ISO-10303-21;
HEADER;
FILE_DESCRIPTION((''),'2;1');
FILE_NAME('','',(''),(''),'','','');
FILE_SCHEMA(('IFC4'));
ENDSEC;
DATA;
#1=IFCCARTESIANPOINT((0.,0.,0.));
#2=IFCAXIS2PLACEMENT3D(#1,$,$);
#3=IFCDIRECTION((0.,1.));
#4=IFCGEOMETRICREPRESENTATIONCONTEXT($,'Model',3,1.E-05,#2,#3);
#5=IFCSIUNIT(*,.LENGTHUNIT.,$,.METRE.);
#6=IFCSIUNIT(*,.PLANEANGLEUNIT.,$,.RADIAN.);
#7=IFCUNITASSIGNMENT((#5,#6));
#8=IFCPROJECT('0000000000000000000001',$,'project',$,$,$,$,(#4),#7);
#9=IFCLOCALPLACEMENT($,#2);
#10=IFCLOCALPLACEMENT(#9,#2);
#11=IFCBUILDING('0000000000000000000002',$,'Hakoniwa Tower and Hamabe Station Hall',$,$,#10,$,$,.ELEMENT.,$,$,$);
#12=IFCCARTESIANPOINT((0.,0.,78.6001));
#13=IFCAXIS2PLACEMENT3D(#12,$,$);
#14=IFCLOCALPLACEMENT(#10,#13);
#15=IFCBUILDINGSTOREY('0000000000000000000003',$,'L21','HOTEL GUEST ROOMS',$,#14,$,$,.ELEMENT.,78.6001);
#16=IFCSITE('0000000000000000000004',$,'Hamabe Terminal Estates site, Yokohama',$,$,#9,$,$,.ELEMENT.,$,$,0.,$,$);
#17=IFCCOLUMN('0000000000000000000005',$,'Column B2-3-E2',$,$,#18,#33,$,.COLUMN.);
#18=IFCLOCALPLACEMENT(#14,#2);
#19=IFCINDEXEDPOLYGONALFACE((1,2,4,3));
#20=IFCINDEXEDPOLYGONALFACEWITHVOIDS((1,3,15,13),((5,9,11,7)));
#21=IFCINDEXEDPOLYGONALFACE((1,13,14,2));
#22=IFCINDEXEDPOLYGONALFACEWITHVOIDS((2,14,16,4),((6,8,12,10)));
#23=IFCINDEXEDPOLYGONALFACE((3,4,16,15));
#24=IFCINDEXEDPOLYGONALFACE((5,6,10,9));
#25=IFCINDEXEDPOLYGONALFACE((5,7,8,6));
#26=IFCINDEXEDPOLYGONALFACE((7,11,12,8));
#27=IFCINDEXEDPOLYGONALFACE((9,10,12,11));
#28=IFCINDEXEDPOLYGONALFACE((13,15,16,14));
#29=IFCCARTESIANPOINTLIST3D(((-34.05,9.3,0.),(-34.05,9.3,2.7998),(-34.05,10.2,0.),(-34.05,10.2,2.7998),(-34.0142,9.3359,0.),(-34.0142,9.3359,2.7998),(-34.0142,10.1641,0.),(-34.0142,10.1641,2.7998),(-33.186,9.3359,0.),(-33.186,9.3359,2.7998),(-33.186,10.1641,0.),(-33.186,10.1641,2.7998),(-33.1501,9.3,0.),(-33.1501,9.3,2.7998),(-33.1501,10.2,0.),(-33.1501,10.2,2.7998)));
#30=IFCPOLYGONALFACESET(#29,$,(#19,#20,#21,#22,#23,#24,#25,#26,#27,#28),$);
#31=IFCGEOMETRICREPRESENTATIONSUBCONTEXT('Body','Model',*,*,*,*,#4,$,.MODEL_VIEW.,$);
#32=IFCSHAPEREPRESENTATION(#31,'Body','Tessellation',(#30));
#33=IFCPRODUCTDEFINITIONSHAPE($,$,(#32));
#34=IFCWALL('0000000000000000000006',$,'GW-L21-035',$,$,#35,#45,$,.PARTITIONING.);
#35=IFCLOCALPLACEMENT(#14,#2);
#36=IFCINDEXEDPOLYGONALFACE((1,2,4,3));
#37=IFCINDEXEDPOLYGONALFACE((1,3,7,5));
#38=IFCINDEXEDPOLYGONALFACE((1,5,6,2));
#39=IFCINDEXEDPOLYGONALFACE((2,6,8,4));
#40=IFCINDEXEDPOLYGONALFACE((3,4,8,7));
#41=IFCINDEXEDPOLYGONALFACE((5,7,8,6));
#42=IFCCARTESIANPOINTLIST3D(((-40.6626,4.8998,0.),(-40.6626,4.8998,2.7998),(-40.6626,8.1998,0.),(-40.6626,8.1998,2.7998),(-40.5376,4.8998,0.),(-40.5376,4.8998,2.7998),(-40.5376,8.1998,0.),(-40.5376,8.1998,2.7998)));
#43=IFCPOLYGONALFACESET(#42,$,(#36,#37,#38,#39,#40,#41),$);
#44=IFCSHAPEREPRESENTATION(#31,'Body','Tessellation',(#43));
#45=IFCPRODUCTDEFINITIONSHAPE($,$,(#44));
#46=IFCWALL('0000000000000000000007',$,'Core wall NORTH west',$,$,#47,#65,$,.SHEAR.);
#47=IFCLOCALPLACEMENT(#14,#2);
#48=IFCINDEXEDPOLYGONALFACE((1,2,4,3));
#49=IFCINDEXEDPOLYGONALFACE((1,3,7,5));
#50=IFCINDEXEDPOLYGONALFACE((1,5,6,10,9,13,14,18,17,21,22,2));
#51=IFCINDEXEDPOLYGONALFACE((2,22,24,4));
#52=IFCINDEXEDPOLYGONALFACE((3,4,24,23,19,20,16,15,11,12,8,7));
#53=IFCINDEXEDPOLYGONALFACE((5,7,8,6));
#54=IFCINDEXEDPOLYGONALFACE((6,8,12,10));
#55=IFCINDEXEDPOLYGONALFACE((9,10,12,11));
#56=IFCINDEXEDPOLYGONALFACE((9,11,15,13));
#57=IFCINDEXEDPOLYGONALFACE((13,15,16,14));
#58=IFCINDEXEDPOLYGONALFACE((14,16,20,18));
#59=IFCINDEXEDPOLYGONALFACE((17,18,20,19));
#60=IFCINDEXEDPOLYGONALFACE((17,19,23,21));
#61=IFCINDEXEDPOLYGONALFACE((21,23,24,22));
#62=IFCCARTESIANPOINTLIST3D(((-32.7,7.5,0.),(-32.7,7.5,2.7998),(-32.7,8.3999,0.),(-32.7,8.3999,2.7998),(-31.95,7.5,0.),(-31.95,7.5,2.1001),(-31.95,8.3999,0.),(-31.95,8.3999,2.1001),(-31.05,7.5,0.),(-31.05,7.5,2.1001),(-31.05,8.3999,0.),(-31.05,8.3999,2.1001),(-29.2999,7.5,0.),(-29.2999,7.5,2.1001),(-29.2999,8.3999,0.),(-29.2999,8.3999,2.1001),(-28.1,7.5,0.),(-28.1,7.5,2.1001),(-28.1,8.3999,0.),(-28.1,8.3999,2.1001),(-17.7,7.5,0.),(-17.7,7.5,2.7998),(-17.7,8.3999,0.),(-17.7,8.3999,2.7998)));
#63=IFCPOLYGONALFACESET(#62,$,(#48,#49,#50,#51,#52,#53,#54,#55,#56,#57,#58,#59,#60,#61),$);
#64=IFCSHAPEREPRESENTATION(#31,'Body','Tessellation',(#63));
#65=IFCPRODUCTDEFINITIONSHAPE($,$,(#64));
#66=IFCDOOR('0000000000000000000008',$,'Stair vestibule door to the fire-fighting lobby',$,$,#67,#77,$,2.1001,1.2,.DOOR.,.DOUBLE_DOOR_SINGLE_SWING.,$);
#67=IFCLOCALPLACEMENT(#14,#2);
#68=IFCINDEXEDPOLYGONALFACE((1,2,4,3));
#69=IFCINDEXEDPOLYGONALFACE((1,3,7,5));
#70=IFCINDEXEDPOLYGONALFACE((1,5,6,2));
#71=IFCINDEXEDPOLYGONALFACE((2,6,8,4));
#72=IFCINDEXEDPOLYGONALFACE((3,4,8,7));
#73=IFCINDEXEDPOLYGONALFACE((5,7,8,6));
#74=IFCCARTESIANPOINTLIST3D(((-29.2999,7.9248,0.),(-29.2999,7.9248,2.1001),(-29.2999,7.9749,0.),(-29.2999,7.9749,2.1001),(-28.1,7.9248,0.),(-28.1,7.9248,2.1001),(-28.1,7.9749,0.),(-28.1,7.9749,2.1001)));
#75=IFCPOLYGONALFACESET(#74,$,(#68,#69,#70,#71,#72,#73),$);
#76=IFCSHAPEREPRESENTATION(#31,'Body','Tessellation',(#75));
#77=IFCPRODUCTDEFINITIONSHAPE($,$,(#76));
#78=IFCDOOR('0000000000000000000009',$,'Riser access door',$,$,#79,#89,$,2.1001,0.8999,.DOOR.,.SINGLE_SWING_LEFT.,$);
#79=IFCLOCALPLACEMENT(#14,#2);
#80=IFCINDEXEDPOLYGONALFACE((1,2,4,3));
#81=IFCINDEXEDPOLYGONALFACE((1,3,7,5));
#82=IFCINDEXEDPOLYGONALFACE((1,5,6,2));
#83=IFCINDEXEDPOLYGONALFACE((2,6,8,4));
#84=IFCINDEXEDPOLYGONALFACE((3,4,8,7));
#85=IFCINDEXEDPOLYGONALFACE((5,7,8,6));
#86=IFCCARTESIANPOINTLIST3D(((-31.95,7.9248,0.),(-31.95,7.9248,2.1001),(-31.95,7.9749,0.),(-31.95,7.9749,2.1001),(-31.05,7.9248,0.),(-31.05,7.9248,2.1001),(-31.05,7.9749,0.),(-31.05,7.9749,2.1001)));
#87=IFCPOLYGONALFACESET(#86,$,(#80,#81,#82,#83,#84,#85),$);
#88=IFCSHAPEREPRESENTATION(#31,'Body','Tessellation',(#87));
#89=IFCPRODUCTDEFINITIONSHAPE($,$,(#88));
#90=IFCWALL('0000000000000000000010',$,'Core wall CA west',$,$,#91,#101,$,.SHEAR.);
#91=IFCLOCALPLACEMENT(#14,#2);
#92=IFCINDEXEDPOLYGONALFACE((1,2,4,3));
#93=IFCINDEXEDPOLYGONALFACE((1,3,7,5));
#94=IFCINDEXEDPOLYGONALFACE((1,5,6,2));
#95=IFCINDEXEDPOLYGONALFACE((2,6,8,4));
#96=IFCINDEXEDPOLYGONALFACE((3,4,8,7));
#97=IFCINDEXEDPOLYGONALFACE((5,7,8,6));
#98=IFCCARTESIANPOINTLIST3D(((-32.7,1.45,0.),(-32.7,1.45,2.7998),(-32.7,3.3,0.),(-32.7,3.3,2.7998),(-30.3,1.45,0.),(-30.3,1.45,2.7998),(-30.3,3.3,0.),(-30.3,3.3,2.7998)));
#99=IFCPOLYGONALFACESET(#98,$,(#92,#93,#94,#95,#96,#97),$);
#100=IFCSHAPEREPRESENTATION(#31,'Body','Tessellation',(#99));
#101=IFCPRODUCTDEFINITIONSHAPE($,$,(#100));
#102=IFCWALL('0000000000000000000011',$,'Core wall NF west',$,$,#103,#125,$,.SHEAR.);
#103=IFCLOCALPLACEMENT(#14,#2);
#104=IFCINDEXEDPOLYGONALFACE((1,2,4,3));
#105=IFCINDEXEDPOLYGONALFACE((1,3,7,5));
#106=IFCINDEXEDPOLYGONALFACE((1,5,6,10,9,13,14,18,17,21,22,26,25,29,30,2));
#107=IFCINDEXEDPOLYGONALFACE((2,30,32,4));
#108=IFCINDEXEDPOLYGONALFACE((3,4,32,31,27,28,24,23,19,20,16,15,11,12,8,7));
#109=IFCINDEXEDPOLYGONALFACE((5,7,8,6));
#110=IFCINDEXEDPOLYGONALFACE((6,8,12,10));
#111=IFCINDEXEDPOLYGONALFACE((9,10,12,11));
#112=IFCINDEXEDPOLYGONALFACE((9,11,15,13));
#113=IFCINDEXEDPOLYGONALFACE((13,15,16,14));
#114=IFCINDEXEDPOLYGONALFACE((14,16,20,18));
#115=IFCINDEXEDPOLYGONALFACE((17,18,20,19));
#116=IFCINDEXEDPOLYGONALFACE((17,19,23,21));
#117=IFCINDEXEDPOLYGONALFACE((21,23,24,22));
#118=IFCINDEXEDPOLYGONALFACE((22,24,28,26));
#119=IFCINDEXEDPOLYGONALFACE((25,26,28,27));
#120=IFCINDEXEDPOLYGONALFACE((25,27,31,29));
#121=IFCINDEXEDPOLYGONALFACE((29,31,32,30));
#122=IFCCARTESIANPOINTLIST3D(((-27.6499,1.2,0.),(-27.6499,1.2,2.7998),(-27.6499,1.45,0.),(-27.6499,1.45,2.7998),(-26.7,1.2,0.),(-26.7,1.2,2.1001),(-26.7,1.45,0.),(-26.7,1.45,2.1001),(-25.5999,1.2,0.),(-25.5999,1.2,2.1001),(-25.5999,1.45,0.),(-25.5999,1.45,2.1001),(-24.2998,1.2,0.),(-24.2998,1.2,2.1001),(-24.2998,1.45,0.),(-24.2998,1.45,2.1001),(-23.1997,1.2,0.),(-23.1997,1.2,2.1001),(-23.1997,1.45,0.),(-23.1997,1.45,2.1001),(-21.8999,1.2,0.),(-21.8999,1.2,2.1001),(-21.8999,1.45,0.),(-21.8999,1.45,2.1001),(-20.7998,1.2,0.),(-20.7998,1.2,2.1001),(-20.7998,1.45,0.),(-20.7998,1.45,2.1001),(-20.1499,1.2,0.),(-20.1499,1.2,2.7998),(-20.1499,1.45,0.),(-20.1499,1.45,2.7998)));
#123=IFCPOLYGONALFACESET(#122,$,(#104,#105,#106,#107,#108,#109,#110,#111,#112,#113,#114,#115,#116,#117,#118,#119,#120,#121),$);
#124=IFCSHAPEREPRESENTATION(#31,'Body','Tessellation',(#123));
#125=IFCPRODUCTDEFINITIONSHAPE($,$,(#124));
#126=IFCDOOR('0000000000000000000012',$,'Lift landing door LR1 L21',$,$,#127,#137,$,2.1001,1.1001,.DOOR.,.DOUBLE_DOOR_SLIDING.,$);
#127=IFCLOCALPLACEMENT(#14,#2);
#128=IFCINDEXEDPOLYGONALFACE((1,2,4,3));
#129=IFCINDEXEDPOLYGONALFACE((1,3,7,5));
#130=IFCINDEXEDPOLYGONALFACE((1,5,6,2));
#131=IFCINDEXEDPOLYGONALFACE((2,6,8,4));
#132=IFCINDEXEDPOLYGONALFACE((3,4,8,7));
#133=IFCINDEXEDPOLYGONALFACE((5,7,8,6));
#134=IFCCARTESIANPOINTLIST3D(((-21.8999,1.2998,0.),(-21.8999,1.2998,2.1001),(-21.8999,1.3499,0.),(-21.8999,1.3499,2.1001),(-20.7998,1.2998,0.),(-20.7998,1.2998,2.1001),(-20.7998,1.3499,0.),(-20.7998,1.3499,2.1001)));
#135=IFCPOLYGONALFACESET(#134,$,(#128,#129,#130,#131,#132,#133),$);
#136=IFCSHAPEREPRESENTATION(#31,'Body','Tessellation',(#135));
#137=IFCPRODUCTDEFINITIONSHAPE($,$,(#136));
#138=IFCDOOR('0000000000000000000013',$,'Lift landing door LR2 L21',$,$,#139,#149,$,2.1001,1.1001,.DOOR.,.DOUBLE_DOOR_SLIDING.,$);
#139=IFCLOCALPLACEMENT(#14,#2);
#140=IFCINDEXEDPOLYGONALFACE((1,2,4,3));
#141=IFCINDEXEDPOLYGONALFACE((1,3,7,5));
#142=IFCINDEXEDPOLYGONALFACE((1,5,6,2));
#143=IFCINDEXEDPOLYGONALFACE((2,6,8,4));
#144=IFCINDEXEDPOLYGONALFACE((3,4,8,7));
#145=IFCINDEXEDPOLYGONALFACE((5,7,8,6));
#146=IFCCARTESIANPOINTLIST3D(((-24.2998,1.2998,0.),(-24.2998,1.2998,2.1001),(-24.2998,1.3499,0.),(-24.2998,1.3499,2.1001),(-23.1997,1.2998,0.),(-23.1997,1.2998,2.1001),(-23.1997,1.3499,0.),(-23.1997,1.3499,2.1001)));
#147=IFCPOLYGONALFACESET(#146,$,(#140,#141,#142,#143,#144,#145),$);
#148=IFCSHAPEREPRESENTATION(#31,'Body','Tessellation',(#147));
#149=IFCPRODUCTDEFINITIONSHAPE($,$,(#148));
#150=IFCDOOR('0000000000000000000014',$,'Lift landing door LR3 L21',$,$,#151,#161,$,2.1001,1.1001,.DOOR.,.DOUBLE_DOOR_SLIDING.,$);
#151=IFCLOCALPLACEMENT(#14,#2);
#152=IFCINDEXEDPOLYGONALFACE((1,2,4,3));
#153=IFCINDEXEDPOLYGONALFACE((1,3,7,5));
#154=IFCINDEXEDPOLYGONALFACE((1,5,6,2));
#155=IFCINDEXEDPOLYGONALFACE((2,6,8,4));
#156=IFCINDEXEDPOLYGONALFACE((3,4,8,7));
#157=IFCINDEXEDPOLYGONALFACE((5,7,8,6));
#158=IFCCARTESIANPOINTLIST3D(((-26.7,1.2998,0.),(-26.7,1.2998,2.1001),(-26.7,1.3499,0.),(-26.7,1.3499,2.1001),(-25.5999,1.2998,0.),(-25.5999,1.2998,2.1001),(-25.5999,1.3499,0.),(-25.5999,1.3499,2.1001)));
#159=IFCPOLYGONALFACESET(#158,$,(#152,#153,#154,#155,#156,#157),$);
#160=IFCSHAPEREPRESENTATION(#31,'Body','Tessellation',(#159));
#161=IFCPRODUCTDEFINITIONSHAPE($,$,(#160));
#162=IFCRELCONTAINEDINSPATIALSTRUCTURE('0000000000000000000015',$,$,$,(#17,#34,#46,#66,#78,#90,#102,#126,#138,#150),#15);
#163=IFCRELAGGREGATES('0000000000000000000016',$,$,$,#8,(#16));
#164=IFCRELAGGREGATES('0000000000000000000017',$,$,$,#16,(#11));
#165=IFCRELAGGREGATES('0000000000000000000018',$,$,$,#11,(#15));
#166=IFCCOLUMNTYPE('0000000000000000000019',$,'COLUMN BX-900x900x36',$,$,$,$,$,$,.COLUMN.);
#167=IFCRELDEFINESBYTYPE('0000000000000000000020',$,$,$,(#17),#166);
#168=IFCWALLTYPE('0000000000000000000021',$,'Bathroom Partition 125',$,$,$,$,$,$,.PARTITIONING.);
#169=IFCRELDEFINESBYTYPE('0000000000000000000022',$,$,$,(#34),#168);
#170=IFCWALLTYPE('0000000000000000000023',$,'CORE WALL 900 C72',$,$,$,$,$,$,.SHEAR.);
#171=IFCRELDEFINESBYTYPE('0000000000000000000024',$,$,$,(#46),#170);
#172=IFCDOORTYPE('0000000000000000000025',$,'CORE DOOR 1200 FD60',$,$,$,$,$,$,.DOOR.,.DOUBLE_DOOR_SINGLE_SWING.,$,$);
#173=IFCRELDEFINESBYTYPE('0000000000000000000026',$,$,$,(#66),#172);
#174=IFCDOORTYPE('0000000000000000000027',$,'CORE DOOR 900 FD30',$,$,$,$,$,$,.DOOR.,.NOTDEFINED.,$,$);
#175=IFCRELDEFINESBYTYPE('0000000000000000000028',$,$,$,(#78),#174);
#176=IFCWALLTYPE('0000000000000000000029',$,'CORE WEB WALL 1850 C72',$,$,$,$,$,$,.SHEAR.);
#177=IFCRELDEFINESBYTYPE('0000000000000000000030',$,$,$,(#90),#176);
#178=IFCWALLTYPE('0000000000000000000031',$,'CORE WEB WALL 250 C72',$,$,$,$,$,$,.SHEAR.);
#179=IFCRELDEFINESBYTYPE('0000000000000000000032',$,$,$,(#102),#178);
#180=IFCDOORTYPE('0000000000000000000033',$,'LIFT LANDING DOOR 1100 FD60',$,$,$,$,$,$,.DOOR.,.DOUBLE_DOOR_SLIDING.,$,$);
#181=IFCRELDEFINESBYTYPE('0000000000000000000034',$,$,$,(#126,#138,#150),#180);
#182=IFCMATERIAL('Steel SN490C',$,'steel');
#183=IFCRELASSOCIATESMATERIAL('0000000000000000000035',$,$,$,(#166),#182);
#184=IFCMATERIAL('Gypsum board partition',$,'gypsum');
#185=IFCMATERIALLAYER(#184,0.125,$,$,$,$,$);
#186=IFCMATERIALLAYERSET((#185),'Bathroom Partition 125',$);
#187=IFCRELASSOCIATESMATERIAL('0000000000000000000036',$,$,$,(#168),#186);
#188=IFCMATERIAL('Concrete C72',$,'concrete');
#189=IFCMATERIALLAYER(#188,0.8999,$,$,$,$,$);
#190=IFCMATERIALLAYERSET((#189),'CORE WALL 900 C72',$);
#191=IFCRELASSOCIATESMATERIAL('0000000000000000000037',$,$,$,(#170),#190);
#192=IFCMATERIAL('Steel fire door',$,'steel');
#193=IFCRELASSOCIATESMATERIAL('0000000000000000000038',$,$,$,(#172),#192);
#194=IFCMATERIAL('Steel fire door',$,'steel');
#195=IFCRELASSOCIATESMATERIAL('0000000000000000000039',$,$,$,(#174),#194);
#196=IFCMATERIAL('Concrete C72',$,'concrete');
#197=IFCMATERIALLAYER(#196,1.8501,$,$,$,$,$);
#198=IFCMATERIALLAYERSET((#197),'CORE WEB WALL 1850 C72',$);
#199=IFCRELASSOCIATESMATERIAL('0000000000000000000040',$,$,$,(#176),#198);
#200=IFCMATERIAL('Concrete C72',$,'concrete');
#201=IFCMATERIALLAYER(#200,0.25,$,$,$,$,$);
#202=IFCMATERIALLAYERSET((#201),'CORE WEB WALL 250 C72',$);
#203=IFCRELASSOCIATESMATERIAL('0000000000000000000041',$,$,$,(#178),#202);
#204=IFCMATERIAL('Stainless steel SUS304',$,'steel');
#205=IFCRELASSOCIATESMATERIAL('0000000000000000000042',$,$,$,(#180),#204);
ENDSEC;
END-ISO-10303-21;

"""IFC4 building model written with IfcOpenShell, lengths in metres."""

from ifc_helpers import new_model, si_unit, direction, frame, frame_2d, origin, origin_2d, place, context, subcontext, project, spatial, rectangle, hollow_rectangle, extrude, material, layer, layer_set, material_profile, profile_set, type_object, element, fill, save


model = new_model("IFC4")

# Units and contexts
model_context = context("Model", 3, precision=1e-05, world=origin(), true_north=direction((0.0, 1.0)))
body_context = subcontext(model_context, "Body", "Model", "MODEL_VIEW")
ifc_project = project(units=[si_unit("LENGTHUNIT", "METRE"), si_unit("PLANEANGLEUNIT", "RADIAN")], contexts=[model_context])

# Site, building, storey
site_placement = place(None, origin())
site = spatial("IfcSite", under=ifc_project, at=site_placement, Name="Hamabe Terminal Estates site, Yokohama", CompositionType="ELEMENT", RefElevation=0.0)
building_placement = place(site_placement, origin())
building = spatial("IfcBuilding", under=site, at=building_placement, Name="Hakoniwa Tower and Hamabe Station Hall", CompositionType="ELEMENT")
storey_placement = place(building_placement, frame((0.0, 0.0, 78.6001)))
storey = spatial("IfcBuildingStorey", under=building, at=storey_placement, Name="L21", Description="HOTEL GUEST ROOMS", CompositionType="ELEMENT", Elevation=78.6001)

# Column
ifc_material_1 = material(Name="Steel SN490C", Category="steel")
ifc_material_profile = material_profile(ifc_material_1, hollow_rectangle(XDim=0.8999, YDim=0.8999, WallThickness=0.0359, at=origin_2d()), Name="BX-900x900x36")
ifc_profile_set = profile_set([ifc_material_profile], Name="Steel SN490C")
column_type = type_object("IfcColumnType", Name="COLUMN BX-900x900x36", PredefinedType="COLUMN", material=ifc_profile_set)
column_placement = place(storey_placement, frame((-33.6001, 9.75, 0.0), z_axis=(0.0, 0.0, 1.0), x_axis=(1.0, 0.0, 0.0)))
element("IfcColumn", 1, at=column_placement, inside=storey, type_object=column_type, Name="Column B2-3-E2", PredefinedType="COLUMN", context=body_context, shape_type="SweptSolid", body=[
    extrude(hollow_rectangle(XDim=0.8999, YDim=0.8999, WallThickness=0.0359, at=origin_2d()), origin(), (0.0, 0.0, 1.0), 2.7998),
])

# Wall
ifc_material_2 = material(Name="Gypsum board partition", Category="gypsum")
ifc_layer_1 = layer(ifc_material_2, 0.125)
ifc_layer_set_1 = layer_set([ifc_layer_1], Name="Bathroom Partition 125")
wall_type_1 = type_object("IfcWallType", Name="Bathroom Partition 125", PredefinedType="PARTITIONING", material=ifc_layer_set_1)
wall_1_placement = place(storey_placement, frame((-40.6001, 4.8999, 0.0), z_axis=(0.0, 0.0, 1.0), x_axis=(0.0, 1.0, 0.0)))
element("IfcWall", 2, at=wall_1_placement, inside=storey, type_object=wall_type_1, Name="GW-L21-035", PredefinedType="PARTITIONING", context=body_context, shape_type="SweptSolid", body=[
    extrude(rectangle(XDim=3.3, YDim=0.125, at=frame_2d((1.6499, 0.0))), origin(), (0.0, 0.0, 1.0), 2.7998),
])

# Wall, openings, doors
ifc_material_3 = material(Name="Concrete C72", Category="concrete")
ifc_layer_2 = layer(ifc_material_3, 0.8999)
ifc_layer_set_2 = layer_set([ifc_layer_2], Name="CORE WALL 900 C72")
wall_type_2 = type_object("IfcWallType", Name="CORE WALL 900 C72", PredefinedType="SHEAR", material=ifc_layer_set_2)
wall_2_placement = place(storey_placement, frame((-32.7, 7.95, 0.0), z_axis=(0.0, 0.0, 1.0), x_axis=(1.0, 0.0, 0.0)))
wall_2 = element("IfcWall", 3, at=wall_2_placement, inside=storey, type_object=wall_type_2, Name="Core wall NORTH west", PredefinedType="SHEAR", context=body_context, shape_type="SweptSolid", body=[
    extrude(rectangle(XDim=15.0, YDim=0.8999, at=frame_2d((7.5, 0.0))), origin(), (0.0, 0.0, 1.0), 2.7998),
])
opening_1_placement = place(wall_2_placement, frame((3.3999, 0.0, 0.0)))
opening_1 = element("IfcOpeningElement", 4, at=opening_1_placement, cuts=wall_2, PredefinedType="OPENING", context=body_context, shape_type="SweptSolid", body=[
    extrude(rectangle(XDim=1.2, YDim=2.1001, at=frame_2d((0.6001, 1.05))), frame((0.0, 0.46, 0.0), z_axis=(0.0, -1.0, 0.0), x_axis=(1.0, 0.0, 0.0)), (0.0, 0.0, 1.0), 0.9199),
])
opening_2_placement = place(wall_2_placement, frame((0.75, 0.0, 0.0)))
opening_2 = element("IfcOpeningElement", 5, at=opening_2_placement, cuts=wall_2, PredefinedType="OPENING", context=body_context, shape_type="SweptSolid", body=[
    extrude(rectangle(XDim=0.8999, YDim=2.1001, at=frame_2d((0.45, 1.05))), frame((0.0, 0.46, 0.0), z_axis=(0.0, -1.0, 0.0), x_axis=(1.0, 0.0, 0.0)), (0.0, 0.0, 1.0), 0.9199),
])
ifc_material_4 = material(Name="Steel fire door", Category="steel")
door_type_1 = type_object("IfcDoorType", Name="CORE DOOR 1200 FD60", OperationType="DOUBLE_DOOR_SINGLE_SWING", PredefinedType="DOOR", material=ifc_material_4)
door_1_placement = place(opening_1_placement, origin())
door_1 = element("IfcDoor", 6, at=door_1_placement, inside=storey, type_object=door_type_1, Name="Stair vestibule door to the fire-fighting lobby", OperationType="DOUBLE_DOOR_SINGLE_SWING", OverallHeight=2.1001, OverallWidth=1.2, PredefinedType="DOOR", context=body_context, shape_type="SweptSolid", body=[
    extrude(rectangle(XDim=1.2, YDim=2.1001, at=frame_2d((0.6001, 1.05))), frame((0.0, 0.0249, 0.0), z_axis=(0.0, -1.0, 0.0), x_axis=(1.0, 0.0, 0.0)), (0.0, 0.0, 1.0), 0.05),
])
fill(opening_1, door_1)
ifc_material_5 = material(Name="Steel fire door", Category="steel")
door_type_2 = type_object("IfcDoorType", Name="CORE DOOR 900 FD30", OperationType="NOTDEFINED", PredefinedType="DOOR", material=ifc_material_5)
door_2_placement = place(opening_2_placement, origin())
door_2 = element("IfcDoor", 7, at=door_2_placement, inside=storey, type_object=door_type_2, Name="Riser access door", OperationType="SINGLE_SWING_LEFT", OverallHeight=2.1001, OverallWidth=0.8999, PredefinedType="DOOR", context=body_context, shape_type="SweptSolid", body=[
    extrude(rectangle(XDim=0.8999, YDim=2.1001, at=frame_2d((0.45, 1.05))), frame((0.0, 0.0249, 0.0), z_axis=(0.0, -1.0, 0.0), x_axis=(1.0, 0.0, 0.0)), (0.0, 0.0, 1.0), 0.05),
])
fill(opening_2, door_2)

# Wall
ifc_material_6 = material(Name="Concrete C72", Category="concrete")
ifc_layer_3 = layer(ifc_material_6, 1.8501)
ifc_layer_set_3 = layer_set([ifc_layer_3], Name="CORE WEB WALL 1850 C72")
wall_type_3 = type_object("IfcWallType", Name="CORE WEB WALL 1850 C72", PredefinedType="SHEAR", material=ifc_layer_set_3)
wall_3_placement = place(storey_placement, frame((-32.7, 2.375, 0.0), z_axis=(0.0, 0.0, 1.0), x_axis=(1.0, 0.0, 0.0)))
element("IfcWall", 8, at=wall_3_placement, inside=storey, type_object=wall_type_3, Name="Core wall CA west", PredefinedType="SHEAR", context=body_context, shape_type="SweptSolid", body=[
    extrude(rectangle(XDim=2.3999, YDim=1.8501, at=frame_2d((1.2, 0.0))), origin(), (0.0, 0.0, 1.0), 2.7998),
])

# Wall, openings, doors
ifc_material_7 = material(Name="Concrete C72", Category="concrete")
ifc_layer_4 = layer(ifc_material_7, 0.25)
ifc_layer_set_4 = layer_set([ifc_layer_4], Name="CORE WEB WALL 250 C72")
wall_type_4 = type_object("IfcWallType", Name="CORE WEB WALL 250 C72", PredefinedType="SHEAR", material=ifc_layer_set_4)
wall_4_placement = place(storey_placement, frame((-27.6499, 1.325, 0.0), z_axis=(0.0, 0.0, 1.0), x_axis=(1.0, 0.0, 0.0)))
wall_4 = element("IfcWall", 9, at=wall_4_placement, inside=storey, type_object=wall_type_4, Name="Core wall NF west", PredefinedType="SHEAR", context=body_context, shape_type="SweptSolid", body=[
    extrude(rectangle(XDim=7.5, YDim=0.25, at=frame_2d((3.75, 0.0))), origin(), (0.0, 0.0, 1.0), 2.7998),
])
opening_3_placement = place(wall_4_placement, frame((5.75, 0.0, 0.0)))
opening_3 = element("IfcOpeningElement", 10, at=opening_3_placement, cuts=wall_4, PredefinedType="OPENING", context=body_context, shape_type="SweptSolid", body=[
    extrude(rectangle(XDim=1.1001, YDim=2.1001, at=frame_2d((0.55, 1.05))), frame((0.0, 0.135, 0.0), z_axis=(0.0, -1.0, 0.0), x_axis=(1.0, 0.0, 0.0)), (0.0, 0.0, 1.0), 0.27),
])
opening_4_placement = place(wall_4_placement, frame((3.3501, 0.0, 0.0)))
opening_4 = element("IfcOpeningElement", 11, at=opening_4_placement, cuts=wall_4, PredefinedType="OPENING", context=body_context, shape_type="SweptSolid", body=[
    extrude(rectangle(XDim=1.1001, YDim=2.1001, at=frame_2d((0.55, 1.05))), frame((0.0, 0.135, 0.0), z_axis=(0.0, -1.0, 0.0), x_axis=(1.0, 0.0, 0.0)), (0.0, 0.0, 1.0), 0.27),
])
opening_5_placement = place(wall_4_placement, frame((0.95, 0.0, 0.0)))
opening_5 = element("IfcOpeningElement", 12, at=opening_5_placement, cuts=wall_4, PredefinedType="OPENING", context=body_context, shape_type="SweptSolid", body=[
    extrude(rectangle(XDim=1.1001, YDim=2.1001, at=frame_2d((0.55, 1.05))), frame((0.0, 0.135, 0.0), z_axis=(0.0, -1.0, 0.0), x_axis=(1.0, 0.0, 0.0)), (0.0, 0.0, 1.0), 0.27),
])
ifc_material_8 = material(Name="Stainless steel SUS304", Category="steel")
door_type_3 = type_object("IfcDoorType", Name="LIFT LANDING DOOR 1100 FD60", OperationType="DOUBLE_DOOR_SLIDING", PredefinedType="DOOR", material=ifc_material_8)
door_3_placement = place(opening_3_placement, origin())
door_3 = element("IfcDoor", 13, at=door_3_placement, inside=storey, type_object=door_type_3, Name="Lift landing door LR1 L21", OperationType="DOUBLE_DOOR_SLIDING", OverallHeight=2.1001, OverallWidth=1.1001, PredefinedType="DOOR", context=body_context, shape_type="SweptSolid", body=[
    extrude(rectangle(XDim=1.1001, YDim=2.1001, at=frame_2d((0.55, 1.05))), frame((0.0, 0.0249, 0.0), z_axis=(0.0, -1.0, 0.0), x_axis=(1.0, 0.0, 0.0)), (0.0, 0.0, 1.0), 0.05),
])
fill(opening_3, door_3)
door_4_placement = place(opening_4_placement, origin())
door_4 = element("IfcDoor", 14, at=door_4_placement, inside=storey, type_object=door_type_3, Name="Lift landing door LR2 L21", OperationType="DOUBLE_DOOR_SLIDING", OverallHeight=2.1001, OverallWidth=1.1001, PredefinedType="DOOR", context=body_context, shape_type="SweptSolid", body=[
    extrude(rectangle(XDim=1.1001, YDim=2.1001, at=frame_2d((0.55, 1.05))), frame((0.0, 0.0249, 0.0), z_axis=(0.0, -1.0, 0.0), x_axis=(1.0, 0.0, 0.0)), (0.0, 0.0, 1.0), 0.05),
])
fill(opening_4, door_4)
door_5_placement = place(opening_5_placement, origin())
door_5 = element("IfcDoor", 15, at=door_5_placement, inside=storey, type_object=door_type_3, Name="Lift landing door LR3 L21", OperationType="DOUBLE_DOOR_SLIDING", OverallHeight=2.1001, OverallWidth=1.1001, PredefinedType="DOOR", context=body_context, shape_type="SweptSolid", body=[
    extrude(rectangle(XDim=1.1001, YDim=2.1001, at=frame_2d((0.55, 1.05))), frame((0.0, 0.0249, 0.0), z_axis=(0.0, -1.0, 0.0), x_axis=(1.0, 0.0, 0.0)), (0.0, 0.0, 1.0), 0.05),
])
fill(opening_5, door_5)

save(model, "model.ifc")
